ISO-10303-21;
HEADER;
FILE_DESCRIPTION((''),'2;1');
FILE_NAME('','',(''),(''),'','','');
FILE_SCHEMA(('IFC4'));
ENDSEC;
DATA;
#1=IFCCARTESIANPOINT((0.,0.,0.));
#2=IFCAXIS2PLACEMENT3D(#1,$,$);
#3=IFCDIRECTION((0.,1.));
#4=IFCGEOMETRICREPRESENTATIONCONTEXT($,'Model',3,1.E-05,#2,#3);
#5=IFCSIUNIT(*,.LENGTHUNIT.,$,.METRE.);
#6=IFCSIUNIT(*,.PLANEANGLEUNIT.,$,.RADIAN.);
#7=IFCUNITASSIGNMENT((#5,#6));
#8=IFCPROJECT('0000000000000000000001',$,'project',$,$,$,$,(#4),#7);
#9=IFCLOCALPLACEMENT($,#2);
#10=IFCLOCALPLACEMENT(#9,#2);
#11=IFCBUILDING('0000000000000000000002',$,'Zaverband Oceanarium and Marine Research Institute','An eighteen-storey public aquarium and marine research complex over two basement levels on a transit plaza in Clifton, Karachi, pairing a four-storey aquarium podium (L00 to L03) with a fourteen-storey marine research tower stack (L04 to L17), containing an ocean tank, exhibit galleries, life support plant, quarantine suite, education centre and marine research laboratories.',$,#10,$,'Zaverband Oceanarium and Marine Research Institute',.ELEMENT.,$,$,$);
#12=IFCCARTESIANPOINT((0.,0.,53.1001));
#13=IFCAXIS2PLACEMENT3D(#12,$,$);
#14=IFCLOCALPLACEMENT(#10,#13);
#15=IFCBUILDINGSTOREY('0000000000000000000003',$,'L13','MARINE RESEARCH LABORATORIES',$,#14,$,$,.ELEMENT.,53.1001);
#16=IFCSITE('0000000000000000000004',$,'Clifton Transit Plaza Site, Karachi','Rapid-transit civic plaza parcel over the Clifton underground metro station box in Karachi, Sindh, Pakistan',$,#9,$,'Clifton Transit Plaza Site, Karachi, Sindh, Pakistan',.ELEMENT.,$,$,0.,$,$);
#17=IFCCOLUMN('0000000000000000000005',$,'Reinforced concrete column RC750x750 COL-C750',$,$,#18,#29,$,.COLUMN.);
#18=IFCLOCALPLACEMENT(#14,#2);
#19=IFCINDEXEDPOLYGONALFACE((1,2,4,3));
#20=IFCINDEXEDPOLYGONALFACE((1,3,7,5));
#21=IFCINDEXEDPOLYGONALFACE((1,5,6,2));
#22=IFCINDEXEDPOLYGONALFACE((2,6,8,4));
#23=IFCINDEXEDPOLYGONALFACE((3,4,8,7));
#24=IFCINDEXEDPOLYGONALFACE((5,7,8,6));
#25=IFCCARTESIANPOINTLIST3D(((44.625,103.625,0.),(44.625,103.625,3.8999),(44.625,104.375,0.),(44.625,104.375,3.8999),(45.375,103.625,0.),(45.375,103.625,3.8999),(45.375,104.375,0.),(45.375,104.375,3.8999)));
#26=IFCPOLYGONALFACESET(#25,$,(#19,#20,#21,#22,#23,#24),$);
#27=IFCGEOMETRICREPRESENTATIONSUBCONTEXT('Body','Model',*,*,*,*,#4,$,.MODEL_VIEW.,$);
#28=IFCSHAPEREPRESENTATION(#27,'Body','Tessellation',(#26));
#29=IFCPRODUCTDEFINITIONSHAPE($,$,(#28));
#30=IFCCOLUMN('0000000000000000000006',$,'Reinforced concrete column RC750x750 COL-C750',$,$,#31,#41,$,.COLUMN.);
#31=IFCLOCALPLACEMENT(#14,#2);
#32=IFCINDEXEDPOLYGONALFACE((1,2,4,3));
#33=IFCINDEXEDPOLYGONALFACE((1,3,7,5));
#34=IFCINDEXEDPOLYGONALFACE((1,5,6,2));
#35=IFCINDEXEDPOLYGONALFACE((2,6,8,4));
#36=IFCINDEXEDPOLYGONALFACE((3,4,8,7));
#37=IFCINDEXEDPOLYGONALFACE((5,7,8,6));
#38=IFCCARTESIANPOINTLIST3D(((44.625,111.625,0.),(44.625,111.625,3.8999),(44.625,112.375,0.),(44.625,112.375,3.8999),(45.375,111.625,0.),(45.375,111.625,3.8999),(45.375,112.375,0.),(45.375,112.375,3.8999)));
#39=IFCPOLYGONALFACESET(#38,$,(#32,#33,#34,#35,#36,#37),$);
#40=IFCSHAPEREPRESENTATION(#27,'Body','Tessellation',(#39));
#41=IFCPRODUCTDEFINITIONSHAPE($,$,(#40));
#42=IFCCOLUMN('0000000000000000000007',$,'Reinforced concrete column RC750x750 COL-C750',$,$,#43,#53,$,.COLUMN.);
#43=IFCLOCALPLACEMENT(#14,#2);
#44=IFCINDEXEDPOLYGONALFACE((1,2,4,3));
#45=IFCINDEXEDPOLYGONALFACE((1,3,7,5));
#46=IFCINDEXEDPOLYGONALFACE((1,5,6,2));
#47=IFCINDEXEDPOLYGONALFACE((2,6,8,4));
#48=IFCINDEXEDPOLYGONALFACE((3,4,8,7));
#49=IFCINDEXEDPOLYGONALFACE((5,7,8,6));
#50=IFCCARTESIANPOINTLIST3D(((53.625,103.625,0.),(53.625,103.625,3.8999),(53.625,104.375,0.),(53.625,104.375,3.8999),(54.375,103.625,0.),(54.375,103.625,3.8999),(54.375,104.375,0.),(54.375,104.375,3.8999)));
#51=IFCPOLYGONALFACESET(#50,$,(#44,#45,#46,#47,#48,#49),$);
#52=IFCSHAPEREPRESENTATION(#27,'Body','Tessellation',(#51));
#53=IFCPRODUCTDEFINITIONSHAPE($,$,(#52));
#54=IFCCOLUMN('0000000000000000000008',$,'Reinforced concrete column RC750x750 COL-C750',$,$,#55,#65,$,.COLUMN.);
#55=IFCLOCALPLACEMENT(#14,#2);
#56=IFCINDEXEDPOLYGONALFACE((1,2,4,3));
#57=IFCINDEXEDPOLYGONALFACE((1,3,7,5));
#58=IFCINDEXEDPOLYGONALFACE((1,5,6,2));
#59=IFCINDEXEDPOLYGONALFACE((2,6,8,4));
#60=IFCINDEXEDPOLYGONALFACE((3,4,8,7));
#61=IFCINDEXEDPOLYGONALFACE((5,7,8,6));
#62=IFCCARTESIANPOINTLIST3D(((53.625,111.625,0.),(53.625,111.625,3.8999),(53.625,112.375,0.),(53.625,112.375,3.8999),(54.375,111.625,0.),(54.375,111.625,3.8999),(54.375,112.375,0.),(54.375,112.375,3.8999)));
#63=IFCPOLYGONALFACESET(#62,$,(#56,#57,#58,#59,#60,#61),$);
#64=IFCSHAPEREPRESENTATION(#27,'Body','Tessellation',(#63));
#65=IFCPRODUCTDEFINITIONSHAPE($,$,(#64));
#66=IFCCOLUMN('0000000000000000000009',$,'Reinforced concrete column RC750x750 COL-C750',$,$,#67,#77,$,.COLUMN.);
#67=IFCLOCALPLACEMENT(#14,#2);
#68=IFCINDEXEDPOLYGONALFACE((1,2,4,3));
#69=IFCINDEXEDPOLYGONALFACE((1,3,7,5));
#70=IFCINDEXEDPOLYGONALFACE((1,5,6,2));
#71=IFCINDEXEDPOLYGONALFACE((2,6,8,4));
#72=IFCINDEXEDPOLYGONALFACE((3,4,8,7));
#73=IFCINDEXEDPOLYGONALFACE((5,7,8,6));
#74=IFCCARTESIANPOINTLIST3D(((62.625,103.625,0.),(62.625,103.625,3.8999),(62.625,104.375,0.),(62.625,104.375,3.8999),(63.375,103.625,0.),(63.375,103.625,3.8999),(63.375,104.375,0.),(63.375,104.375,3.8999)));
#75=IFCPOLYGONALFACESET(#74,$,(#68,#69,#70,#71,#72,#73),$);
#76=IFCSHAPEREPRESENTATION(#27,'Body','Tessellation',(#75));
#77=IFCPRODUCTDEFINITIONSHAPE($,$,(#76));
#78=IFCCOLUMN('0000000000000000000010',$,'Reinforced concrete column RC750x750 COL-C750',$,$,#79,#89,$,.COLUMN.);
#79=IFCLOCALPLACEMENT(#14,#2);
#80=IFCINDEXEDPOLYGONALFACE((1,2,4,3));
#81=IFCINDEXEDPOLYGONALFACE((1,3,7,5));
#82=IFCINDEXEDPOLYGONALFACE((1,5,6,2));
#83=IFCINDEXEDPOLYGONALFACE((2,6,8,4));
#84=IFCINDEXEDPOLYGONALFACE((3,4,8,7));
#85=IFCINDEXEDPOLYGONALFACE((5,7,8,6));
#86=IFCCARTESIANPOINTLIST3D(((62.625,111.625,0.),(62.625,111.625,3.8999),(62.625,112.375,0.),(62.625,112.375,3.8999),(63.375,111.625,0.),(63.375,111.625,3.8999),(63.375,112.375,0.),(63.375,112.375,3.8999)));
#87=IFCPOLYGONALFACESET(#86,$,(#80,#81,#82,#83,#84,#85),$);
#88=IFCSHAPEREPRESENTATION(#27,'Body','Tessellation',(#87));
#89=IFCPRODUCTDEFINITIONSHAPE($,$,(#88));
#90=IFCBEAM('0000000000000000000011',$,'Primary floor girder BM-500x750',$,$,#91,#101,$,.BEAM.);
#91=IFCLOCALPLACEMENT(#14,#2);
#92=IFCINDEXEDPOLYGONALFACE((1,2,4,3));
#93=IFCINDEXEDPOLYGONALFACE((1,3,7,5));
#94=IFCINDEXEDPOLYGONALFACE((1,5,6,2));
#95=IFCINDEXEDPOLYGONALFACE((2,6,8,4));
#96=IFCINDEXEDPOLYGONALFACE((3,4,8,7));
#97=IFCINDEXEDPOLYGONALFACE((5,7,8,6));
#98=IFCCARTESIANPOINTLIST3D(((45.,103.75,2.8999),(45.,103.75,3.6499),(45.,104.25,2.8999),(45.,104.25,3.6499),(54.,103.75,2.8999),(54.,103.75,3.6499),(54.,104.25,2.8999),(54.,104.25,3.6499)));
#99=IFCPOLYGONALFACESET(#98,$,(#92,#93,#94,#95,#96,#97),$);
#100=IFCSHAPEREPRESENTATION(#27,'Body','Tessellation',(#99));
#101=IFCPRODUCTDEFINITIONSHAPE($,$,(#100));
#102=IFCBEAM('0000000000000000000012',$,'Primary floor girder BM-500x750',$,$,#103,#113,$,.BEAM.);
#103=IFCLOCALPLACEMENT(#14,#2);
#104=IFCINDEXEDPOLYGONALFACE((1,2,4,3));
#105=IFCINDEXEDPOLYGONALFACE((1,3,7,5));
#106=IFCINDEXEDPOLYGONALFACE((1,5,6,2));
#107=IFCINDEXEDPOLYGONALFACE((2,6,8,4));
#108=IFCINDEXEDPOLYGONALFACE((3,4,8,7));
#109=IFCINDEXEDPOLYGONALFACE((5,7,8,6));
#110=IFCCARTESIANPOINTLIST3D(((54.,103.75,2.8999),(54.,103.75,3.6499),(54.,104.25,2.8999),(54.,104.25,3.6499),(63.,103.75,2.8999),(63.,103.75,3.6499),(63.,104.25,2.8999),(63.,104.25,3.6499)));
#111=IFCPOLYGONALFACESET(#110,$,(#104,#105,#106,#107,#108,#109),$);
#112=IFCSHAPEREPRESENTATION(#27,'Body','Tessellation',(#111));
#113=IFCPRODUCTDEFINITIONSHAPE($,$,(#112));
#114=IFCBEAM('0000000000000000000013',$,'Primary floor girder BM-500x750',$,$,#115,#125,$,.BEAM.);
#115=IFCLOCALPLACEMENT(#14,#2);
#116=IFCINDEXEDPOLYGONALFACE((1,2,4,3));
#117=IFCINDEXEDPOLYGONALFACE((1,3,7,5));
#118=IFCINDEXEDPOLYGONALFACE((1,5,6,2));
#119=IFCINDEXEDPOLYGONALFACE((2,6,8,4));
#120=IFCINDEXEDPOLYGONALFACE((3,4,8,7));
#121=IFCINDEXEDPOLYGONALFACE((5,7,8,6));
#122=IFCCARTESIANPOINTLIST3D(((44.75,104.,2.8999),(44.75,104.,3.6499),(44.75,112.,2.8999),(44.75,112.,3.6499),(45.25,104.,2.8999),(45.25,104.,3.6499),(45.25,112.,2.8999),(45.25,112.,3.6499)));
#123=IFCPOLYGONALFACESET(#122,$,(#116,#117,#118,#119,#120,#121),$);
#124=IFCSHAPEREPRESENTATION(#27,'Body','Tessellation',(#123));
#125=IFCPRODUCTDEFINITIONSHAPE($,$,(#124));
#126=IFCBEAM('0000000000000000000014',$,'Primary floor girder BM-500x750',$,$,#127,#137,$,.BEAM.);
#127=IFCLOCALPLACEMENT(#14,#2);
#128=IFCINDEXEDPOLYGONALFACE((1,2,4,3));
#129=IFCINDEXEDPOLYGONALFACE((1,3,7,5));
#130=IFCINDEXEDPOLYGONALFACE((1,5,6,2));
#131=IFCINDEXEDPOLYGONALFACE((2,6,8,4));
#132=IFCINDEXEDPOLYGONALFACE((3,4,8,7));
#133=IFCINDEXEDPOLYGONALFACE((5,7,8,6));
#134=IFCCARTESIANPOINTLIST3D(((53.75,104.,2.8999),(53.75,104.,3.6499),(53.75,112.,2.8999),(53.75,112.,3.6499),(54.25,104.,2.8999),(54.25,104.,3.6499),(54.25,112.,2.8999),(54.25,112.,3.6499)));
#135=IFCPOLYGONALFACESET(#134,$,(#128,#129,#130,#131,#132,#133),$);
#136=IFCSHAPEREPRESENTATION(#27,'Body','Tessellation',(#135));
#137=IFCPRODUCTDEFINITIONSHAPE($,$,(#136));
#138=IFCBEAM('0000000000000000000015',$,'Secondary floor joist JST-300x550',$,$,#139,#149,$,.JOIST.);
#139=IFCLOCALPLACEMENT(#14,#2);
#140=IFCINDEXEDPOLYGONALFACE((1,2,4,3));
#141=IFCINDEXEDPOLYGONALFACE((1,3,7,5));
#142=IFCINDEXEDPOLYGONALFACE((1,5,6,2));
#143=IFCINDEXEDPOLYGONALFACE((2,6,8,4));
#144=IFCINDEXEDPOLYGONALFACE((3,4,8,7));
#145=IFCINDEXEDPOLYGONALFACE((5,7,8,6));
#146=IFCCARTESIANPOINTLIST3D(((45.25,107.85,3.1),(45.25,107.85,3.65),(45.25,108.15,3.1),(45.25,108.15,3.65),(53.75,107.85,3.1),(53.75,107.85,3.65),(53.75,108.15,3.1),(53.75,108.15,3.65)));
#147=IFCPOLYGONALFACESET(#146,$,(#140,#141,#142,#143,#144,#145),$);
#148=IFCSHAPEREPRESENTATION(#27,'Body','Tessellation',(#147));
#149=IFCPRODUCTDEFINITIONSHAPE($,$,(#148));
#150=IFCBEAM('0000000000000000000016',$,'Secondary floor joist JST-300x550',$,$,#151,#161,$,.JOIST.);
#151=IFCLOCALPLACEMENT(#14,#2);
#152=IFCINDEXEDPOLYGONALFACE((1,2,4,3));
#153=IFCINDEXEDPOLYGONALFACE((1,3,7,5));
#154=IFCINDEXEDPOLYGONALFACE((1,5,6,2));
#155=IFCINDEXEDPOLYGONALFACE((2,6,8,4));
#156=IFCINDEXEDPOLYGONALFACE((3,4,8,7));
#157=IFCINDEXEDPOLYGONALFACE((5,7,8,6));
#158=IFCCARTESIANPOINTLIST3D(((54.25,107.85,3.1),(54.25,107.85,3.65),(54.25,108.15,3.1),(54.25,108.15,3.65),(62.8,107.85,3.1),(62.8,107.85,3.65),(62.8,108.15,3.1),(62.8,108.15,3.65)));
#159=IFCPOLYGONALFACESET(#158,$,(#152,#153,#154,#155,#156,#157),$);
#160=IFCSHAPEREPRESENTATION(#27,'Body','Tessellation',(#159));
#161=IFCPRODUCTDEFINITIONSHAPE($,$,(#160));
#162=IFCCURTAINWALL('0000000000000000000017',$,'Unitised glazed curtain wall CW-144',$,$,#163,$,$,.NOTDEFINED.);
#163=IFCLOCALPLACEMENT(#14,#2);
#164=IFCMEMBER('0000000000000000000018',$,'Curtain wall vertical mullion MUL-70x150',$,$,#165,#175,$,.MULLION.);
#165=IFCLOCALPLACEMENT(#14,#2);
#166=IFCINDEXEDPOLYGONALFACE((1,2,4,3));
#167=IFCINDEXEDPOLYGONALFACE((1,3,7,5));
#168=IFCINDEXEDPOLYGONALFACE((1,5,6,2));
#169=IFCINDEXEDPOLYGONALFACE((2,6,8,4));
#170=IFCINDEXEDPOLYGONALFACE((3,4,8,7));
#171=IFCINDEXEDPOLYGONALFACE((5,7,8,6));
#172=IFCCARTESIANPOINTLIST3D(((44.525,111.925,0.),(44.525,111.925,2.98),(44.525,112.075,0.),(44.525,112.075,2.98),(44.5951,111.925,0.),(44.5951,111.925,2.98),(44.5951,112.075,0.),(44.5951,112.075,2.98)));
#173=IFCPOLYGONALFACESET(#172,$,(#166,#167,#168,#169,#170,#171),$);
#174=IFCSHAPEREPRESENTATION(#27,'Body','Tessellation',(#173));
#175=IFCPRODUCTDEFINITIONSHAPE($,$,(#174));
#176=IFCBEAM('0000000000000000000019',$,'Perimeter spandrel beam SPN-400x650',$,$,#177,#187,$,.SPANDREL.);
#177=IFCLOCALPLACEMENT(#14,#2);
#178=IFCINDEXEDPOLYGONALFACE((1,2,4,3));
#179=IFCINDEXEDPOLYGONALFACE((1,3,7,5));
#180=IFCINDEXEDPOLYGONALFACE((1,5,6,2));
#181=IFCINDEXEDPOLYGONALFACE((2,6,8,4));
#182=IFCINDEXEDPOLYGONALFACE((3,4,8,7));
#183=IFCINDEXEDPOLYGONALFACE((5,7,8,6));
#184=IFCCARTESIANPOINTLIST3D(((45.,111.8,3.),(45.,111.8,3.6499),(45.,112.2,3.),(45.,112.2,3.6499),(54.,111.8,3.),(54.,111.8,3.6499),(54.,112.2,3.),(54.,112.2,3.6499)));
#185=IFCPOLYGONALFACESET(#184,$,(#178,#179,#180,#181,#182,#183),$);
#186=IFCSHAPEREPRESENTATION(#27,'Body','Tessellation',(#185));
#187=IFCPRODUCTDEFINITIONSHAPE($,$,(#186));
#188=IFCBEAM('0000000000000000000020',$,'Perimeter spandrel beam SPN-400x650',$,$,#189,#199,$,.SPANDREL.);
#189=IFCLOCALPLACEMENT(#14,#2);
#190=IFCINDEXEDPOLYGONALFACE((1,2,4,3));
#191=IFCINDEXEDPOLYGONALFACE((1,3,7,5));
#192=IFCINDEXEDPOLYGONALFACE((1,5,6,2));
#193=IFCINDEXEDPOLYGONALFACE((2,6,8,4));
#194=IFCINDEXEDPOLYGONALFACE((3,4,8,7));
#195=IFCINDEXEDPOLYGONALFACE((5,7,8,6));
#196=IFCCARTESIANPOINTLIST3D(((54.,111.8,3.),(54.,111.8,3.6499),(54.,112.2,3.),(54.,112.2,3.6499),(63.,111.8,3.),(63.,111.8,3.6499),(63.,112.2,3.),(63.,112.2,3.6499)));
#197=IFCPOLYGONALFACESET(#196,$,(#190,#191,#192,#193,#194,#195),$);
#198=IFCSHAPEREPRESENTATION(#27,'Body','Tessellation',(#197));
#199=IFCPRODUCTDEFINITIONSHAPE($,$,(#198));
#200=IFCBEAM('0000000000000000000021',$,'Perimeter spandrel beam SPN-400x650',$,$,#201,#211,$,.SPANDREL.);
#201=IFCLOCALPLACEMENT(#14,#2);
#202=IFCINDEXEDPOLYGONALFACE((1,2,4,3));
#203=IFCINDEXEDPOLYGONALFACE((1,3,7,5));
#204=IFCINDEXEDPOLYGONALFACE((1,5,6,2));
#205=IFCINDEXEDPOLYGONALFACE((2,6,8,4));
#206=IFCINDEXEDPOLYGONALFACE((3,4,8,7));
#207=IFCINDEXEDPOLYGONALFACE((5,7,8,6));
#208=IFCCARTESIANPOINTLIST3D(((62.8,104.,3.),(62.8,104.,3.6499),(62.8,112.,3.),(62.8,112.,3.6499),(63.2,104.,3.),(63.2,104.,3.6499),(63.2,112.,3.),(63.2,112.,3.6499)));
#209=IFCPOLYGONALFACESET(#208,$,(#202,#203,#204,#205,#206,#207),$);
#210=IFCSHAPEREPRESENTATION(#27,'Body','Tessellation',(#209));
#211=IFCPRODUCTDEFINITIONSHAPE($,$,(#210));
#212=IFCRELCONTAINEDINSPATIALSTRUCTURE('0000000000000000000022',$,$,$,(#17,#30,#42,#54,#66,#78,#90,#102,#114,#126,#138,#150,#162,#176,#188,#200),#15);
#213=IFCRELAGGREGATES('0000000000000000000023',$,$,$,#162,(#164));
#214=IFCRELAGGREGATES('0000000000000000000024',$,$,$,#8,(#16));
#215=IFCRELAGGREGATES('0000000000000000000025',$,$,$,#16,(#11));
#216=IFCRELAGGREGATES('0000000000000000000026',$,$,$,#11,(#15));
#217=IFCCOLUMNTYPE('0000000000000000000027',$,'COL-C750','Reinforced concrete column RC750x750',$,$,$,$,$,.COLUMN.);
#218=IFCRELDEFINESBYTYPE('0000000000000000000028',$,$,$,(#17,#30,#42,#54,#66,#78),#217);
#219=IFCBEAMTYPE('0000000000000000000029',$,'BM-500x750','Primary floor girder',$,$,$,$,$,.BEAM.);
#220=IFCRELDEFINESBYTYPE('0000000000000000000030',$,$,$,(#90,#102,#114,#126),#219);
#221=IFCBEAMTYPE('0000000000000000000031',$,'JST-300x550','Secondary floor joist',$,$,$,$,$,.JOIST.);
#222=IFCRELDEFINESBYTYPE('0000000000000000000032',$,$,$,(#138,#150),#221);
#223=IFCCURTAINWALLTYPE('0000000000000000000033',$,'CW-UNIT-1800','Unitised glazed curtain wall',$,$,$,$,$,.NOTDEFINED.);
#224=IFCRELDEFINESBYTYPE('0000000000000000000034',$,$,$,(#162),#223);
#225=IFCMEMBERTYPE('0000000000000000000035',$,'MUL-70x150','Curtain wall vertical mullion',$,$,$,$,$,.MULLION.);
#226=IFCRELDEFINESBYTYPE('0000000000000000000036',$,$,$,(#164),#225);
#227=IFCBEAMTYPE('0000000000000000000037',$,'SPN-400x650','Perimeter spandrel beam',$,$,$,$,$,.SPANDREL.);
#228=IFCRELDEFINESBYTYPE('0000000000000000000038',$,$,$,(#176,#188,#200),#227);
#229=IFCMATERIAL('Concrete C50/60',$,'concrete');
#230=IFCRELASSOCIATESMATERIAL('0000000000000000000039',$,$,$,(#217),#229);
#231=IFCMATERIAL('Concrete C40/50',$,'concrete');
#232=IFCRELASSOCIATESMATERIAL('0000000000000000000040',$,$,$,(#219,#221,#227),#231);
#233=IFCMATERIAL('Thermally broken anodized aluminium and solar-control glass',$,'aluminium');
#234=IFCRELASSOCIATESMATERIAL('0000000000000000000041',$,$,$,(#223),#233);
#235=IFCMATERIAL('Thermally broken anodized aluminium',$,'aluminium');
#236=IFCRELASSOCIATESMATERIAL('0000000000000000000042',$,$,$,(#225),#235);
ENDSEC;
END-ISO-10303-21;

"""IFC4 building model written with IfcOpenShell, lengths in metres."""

from ifc_helpers import new_model, si_unit, direction, frame, origin, origin_2d, place, context, subcontext, project, spatial, rectangle, extrude, material, material_profile, profile_set, type_object, element, aggregate, save


model = new_model("IFC4")

# Units and contexts
model_context = context("Model", 3, precision=1e-05, world=origin(), true_north=direction((0.0, 1.0)))
body_context = subcontext(model_context, "Body", "Model", "MODEL_VIEW")
ifc_project = project(units=[si_unit("LENGTHUNIT", "METRE"), si_unit("PLANEANGLEUNIT", "RADIAN")], contexts=[model_context])

# Site, building, storey
site_placement = place(None, origin())
site = spatial("IfcSite", under=ifc_project, at=site_placement, Name="Clifton Transit Plaza Site, Karachi", Description="Rapid-transit civic plaza parcel over the Clifton underground metro station box in Karachi, Sindh, Pakistan", LongName="Clifton Transit Plaza Site, Karachi, Sindh, Pakistan", CompositionType="ELEMENT", RefElevation=0.0)
building_placement = place(site_placement, origin())
building = spatial("IfcBuilding", under=site, at=building_placement, Name="Zaverband Oceanarium and Marine Research Institute", Description="An eighteen-storey public aquarium and marine research complex over two basement levels on a transit plaza in Clifton, Karachi, pairing a four-storey aquarium podium (L00 to L03) with a fourteen-storey marine research tower stack (L04 to L17), containing an ocean tank, exhibit galleries, life support plant, quarantine suite, education centre and marine research laboratories.", LongName="Zaverband Oceanarium and Marine Research Institute", CompositionType="ELEMENT")
storey_placement = place(building_placement, frame((0.0, 0.0, 53.1001)))
storey = spatial("IfcBuildingStorey", under=building, at=storey_placement, Name="L13", Description="MARINE RESEARCH LABORATORIES", CompositionType="ELEMENT", Elevation=53.1001)

# Columns
ifc_material_1 = material(Name="Concrete C50/60", Category="concrete")
ifc_material_profile_1 = material_profile(ifc_material_1, rectangle(XDim=0.75, YDim=0.75, at=origin_2d()), Name="RC750x750")
ifc_profile_set_1 = profile_set([ifc_material_profile_1], Name="Concrete C50/60")
column_type = type_object("IfcColumnType", Name="COL-C750", Description="Reinforced concrete column RC750x750", PredefinedType="COLUMN", material=ifc_profile_set_1)
for number, where, z_axis, x_axis, name in (
    (1, (45.0, 104.0, 0.0), (0.0, 0.0, 1.0), (1.0, 0.0, 0.0), "Reinforced concrete column RC750x750 COL-C750"),
    (2, (45.0, 112.0, 0.0), (0.0, 0.0, 1.0), (1.0, 0.0, 0.0), "Reinforced concrete column RC750x750 COL-C750"),
    (3, (54.0, 104.0, 0.0), (0.0, 0.0, 1.0), (1.0, 0.0, 0.0), "Reinforced concrete column RC750x750 COL-C750"),
    (4, (54.0, 112.0, 0.0), (0.0, 0.0, 1.0), (1.0, 0.0, 0.0), "Reinforced concrete column RC750x750 COL-C750"),
    (5, (63.0, 104.0, 0.0), (0.0, 0.0, 1.0), (1.0, 0.0, 0.0), "Reinforced concrete column RC750x750 COL-C750"),
    (6, (63.0, 112.0, 0.0), (0.0, 0.0, 1.0), (1.0, 0.0, 0.0), "Reinforced concrete column RC750x750 COL-C750"),
):
    element("IfcColumn", number, at=place(storey_placement, frame(where, z_axis=z_axis, x_axis=x_axis)), inside=storey, type_object=column_type, Name=name, PredefinedType="COLUMN", context=body_context, shape_type="SweptSolid", body=[
        extrude(rectangle(XDim=0.75, YDim=0.75, at=origin_2d()), origin(), (0.0, 0.0, 1.0), 3.8999),
    ])

# Beams
ifc_material_2 = material(Name="Concrete C40/50", Category="concrete")
ifc_material_profile_2 = material_profile(ifc_material_2, rectangle(XDim=0.5, YDim=0.75, at=origin_2d()), Name="RC500x750")
ifc_profile_set_2 = profile_set([ifc_material_profile_2], Name="Concrete C40/50")
beam_type_1 = type_object("IfcBeamType", Name="BM-500x750", Description="Primary floor girder", PredefinedType="BEAM", material=ifc_profile_set_2)
for number, where, z_axis, x_axis, name in (
    (7, (45.0, 104.0, 3.2749), (1.0, 0.0, 0.0), (0.0, 1.0, 0.0), "Primary floor girder BM-500x750"),
    (8, (54.0, 104.0, 3.2749), (1.0, 0.0, 0.0), (0.0, 1.0, 0.0), "Primary floor girder BM-500x750"),
):
    element("IfcBeam", number, at=place(storey_placement, frame(where, z_axis=z_axis, x_axis=x_axis)), inside=storey, type_object=beam_type_1, Name=name, PredefinedType="BEAM", context=body_context, shape_type="SweptSolid", body=[
        extrude(rectangle(XDim=0.5, YDim=0.75, at=origin_2d()), origin(), (0.0, 0.0, 1.0), 9.0),
    ])
for number, where, z_axis, x_axis, name in (
    (9, (45.0, 104.0, 3.2749), (0.0, 1.0, 0.0), (-1.0, 0.0, 0.0), "Primary floor girder BM-500x750"),
    (10, (54.0, 104.0, 3.2749), (0.0, 1.0, 0.0), (-1.0, 0.0, 0.0), "Primary floor girder BM-500x750"),
):
    element("IfcBeam", number, at=place(storey_placement, frame(where, z_axis=z_axis, x_axis=x_axis)), inside=storey, type_object=beam_type_1, Name=name, PredefinedType="BEAM", context=body_context, shape_type="SweptSolid", body=[
        extrude(rectangle(XDim=0.5, YDim=0.75, at=origin_2d()), origin(), (0.0, 0.0, 1.0), 8.0),
    ])
ifc_material_profile_3 = material_profile(ifc_material_2, rectangle(XDim=0.3, YDim=0.55, at=origin_2d()), Name="RC300x550")
ifc_profile_set_3 = profile_set([ifc_material_profile_3], Name="Concrete C40/50")
beam_type_2 = type_object("IfcBeamType", Name="JST-300x550", Description="Secondary floor joist", PredefinedType="JOIST", material=ifc_profile_set_3)
beam_1_placement = place(storey_placement, frame((45.25, 108.0, 3.375), z_axis=(1.0, 0.0, 0.0), x_axis=(0.0, 1.0, 0.0)))
element("IfcBeam", 11, at=beam_1_placement, inside=storey, type_object=beam_type_2, Name="Secondary floor joist JST-300x550", PredefinedType="JOIST", context=body_context, shape_type="SweptSolid", body=[
    extrude(rectangle(XDim=0.3, YDim=0.55, at=origin_2d()), origin(), (0.0, 0.0, 1.0), 8.5),
])
beam_2_placement = place(storey_placement, frame((54.25, 108.0, 3.375), z_axis=(1.0, 0.0, 0.0), x_axis=(0.0, 1.0, 0.0)))
element("IfcBeam", 12, at=beam_2_placement, inside=storey, type_object=beam_type_2, Name="Secondary floor joist JST-300x550", PredefinedType="JOIST", context=body_context, shape_type="SweptSolid", body=[
    extrude(rectangle(XDim=0.3, YDim=0.55, at=origin_2d()), origin(), (0.0, 0.0, 1.0), 8.55),
])

# Curtain wall, member
ifc_material_3 = material(Name="Thermally broken anodized aluminium and solar-control glass", Category="aluminium")
curtain_wall_type = type_object("IfcCurtainWallType", Name="CW-UNIT-1800", Description="Unitised glazed curtain wall", PredefinedType="NOTDEFINED", material=ifc_material_3)
curtain_wall_placement = place(storey_placement, origin())
curtain_wall = element("IfcCurtainWall", 13, at=curtain_wall_placement, inside=storey, type_object=curtain_wall_type, Name="Unitised glazed curtain wall CW-144", PredefinedType="NOTDEFINED")
ifc_material_4 = material(Name="Thermally broken anodized aluminium", Category="aluminium")
ifc_material_profile_4 = material_profile(ifc_material_4, rectangle(XDim=0.0701, YDim=0.1499, at=origin_2d()), Name="AL-MUL-70x150")
ifc_profile_set_4 = profile_set([ifc_material_profile_4], Name="Thermally broken anodized aluminium")
member_type = type_object("IfcMemberType", Name="MUL-70x150", Description="Curtain wall vertical mullion", PredefinedType="MULLION", material=ifc_profile_set_4)
member_placement = place(storey_placement, frame((44.5601, 112.0, 0.0), z_axis=(0.0, 0.0, 1.0), x_axis=(1.0, 0.0, 0.0)))
member = element("IfcMember", 14, at=member_placement, type_object=member_type, Name="Curtain wall vertical mullion MUL-70x150", PredefinedType="MULLION", context=body_context, shape_type="SweptSolid", body=[
    extrude(rectangle(XDim=0.0701, YDim=0.1499, at=origin_2d()), origin(), (0.0, 0.0, 1.0), 2.98),
])
aggregate(curtain_wall, [member])

# Beams
ifc_material_profile_5 = material_profile(ifc_material_2, rectangle(XDim=0.3999, YDim=0.6499, at=origin_2d()), Name="RC400x650")
ifc_profile_set_5 = profile_set([ifc_material_profile_5], Name="Concrete C40/50")
beam_type_3 = type_object("IfcBeamType", Name="SPN-400x650", Description="Perimeter spandrel beam", PredefinedType="SPANDREL", material=ifc_profile_set_5)
for number, where, z_axis, x_axis, name in (
    (15, (45.0, 112.0, 3.325), (1.0, 0.0, 0.0), (0.0, 1.0, 0.0), "Perimeter spandrel beam SPN-400x650"),
    (16, (54.0, 112.0, 3.325), (1.0, 0.0, 0.0), (0.0, 1.0, 0.0), "Perimeter spandrel beam SPN-400x650"),
):
    element("IfcBeam", number, at=place(storey_placement, frame(where, z_axis=z_axis, x_axis=x_axis)), inside=storey, type_object=beam_type_3, Name=name, PredefinedType="SPANDREL", context=body_context, shape_type="SweptSolid", body=[
        extrude(rectangle(XDim=0.3999, YDim=0.6499, at=origin_2d()), origin(), (0.0, 0.0, 1.0), 9.0),
    ])
beam_3_placement = place(storey_placement, frame((63.0, 104.0, 3.325), z_axis=(0.0, 1.0, 0.0), x_axis=(-1.0, 0.0, 0.0)))
element("IfcBeam", 17, at=beam_3_placement, inside=storey, type_object=beam_type_3, Name="Perimeter spandrel beam SPN-400x650", PredefinedType="SPANDREL", context=body_context, shape_type="SweptSolid", body=[
    extrude(rectangle(XDim=0.3999, YDim=0.6499, at=origin_2d()), origin(), (0.0, 0.0, 1.0), 8.0),
])

save(model, "model.ifc")
